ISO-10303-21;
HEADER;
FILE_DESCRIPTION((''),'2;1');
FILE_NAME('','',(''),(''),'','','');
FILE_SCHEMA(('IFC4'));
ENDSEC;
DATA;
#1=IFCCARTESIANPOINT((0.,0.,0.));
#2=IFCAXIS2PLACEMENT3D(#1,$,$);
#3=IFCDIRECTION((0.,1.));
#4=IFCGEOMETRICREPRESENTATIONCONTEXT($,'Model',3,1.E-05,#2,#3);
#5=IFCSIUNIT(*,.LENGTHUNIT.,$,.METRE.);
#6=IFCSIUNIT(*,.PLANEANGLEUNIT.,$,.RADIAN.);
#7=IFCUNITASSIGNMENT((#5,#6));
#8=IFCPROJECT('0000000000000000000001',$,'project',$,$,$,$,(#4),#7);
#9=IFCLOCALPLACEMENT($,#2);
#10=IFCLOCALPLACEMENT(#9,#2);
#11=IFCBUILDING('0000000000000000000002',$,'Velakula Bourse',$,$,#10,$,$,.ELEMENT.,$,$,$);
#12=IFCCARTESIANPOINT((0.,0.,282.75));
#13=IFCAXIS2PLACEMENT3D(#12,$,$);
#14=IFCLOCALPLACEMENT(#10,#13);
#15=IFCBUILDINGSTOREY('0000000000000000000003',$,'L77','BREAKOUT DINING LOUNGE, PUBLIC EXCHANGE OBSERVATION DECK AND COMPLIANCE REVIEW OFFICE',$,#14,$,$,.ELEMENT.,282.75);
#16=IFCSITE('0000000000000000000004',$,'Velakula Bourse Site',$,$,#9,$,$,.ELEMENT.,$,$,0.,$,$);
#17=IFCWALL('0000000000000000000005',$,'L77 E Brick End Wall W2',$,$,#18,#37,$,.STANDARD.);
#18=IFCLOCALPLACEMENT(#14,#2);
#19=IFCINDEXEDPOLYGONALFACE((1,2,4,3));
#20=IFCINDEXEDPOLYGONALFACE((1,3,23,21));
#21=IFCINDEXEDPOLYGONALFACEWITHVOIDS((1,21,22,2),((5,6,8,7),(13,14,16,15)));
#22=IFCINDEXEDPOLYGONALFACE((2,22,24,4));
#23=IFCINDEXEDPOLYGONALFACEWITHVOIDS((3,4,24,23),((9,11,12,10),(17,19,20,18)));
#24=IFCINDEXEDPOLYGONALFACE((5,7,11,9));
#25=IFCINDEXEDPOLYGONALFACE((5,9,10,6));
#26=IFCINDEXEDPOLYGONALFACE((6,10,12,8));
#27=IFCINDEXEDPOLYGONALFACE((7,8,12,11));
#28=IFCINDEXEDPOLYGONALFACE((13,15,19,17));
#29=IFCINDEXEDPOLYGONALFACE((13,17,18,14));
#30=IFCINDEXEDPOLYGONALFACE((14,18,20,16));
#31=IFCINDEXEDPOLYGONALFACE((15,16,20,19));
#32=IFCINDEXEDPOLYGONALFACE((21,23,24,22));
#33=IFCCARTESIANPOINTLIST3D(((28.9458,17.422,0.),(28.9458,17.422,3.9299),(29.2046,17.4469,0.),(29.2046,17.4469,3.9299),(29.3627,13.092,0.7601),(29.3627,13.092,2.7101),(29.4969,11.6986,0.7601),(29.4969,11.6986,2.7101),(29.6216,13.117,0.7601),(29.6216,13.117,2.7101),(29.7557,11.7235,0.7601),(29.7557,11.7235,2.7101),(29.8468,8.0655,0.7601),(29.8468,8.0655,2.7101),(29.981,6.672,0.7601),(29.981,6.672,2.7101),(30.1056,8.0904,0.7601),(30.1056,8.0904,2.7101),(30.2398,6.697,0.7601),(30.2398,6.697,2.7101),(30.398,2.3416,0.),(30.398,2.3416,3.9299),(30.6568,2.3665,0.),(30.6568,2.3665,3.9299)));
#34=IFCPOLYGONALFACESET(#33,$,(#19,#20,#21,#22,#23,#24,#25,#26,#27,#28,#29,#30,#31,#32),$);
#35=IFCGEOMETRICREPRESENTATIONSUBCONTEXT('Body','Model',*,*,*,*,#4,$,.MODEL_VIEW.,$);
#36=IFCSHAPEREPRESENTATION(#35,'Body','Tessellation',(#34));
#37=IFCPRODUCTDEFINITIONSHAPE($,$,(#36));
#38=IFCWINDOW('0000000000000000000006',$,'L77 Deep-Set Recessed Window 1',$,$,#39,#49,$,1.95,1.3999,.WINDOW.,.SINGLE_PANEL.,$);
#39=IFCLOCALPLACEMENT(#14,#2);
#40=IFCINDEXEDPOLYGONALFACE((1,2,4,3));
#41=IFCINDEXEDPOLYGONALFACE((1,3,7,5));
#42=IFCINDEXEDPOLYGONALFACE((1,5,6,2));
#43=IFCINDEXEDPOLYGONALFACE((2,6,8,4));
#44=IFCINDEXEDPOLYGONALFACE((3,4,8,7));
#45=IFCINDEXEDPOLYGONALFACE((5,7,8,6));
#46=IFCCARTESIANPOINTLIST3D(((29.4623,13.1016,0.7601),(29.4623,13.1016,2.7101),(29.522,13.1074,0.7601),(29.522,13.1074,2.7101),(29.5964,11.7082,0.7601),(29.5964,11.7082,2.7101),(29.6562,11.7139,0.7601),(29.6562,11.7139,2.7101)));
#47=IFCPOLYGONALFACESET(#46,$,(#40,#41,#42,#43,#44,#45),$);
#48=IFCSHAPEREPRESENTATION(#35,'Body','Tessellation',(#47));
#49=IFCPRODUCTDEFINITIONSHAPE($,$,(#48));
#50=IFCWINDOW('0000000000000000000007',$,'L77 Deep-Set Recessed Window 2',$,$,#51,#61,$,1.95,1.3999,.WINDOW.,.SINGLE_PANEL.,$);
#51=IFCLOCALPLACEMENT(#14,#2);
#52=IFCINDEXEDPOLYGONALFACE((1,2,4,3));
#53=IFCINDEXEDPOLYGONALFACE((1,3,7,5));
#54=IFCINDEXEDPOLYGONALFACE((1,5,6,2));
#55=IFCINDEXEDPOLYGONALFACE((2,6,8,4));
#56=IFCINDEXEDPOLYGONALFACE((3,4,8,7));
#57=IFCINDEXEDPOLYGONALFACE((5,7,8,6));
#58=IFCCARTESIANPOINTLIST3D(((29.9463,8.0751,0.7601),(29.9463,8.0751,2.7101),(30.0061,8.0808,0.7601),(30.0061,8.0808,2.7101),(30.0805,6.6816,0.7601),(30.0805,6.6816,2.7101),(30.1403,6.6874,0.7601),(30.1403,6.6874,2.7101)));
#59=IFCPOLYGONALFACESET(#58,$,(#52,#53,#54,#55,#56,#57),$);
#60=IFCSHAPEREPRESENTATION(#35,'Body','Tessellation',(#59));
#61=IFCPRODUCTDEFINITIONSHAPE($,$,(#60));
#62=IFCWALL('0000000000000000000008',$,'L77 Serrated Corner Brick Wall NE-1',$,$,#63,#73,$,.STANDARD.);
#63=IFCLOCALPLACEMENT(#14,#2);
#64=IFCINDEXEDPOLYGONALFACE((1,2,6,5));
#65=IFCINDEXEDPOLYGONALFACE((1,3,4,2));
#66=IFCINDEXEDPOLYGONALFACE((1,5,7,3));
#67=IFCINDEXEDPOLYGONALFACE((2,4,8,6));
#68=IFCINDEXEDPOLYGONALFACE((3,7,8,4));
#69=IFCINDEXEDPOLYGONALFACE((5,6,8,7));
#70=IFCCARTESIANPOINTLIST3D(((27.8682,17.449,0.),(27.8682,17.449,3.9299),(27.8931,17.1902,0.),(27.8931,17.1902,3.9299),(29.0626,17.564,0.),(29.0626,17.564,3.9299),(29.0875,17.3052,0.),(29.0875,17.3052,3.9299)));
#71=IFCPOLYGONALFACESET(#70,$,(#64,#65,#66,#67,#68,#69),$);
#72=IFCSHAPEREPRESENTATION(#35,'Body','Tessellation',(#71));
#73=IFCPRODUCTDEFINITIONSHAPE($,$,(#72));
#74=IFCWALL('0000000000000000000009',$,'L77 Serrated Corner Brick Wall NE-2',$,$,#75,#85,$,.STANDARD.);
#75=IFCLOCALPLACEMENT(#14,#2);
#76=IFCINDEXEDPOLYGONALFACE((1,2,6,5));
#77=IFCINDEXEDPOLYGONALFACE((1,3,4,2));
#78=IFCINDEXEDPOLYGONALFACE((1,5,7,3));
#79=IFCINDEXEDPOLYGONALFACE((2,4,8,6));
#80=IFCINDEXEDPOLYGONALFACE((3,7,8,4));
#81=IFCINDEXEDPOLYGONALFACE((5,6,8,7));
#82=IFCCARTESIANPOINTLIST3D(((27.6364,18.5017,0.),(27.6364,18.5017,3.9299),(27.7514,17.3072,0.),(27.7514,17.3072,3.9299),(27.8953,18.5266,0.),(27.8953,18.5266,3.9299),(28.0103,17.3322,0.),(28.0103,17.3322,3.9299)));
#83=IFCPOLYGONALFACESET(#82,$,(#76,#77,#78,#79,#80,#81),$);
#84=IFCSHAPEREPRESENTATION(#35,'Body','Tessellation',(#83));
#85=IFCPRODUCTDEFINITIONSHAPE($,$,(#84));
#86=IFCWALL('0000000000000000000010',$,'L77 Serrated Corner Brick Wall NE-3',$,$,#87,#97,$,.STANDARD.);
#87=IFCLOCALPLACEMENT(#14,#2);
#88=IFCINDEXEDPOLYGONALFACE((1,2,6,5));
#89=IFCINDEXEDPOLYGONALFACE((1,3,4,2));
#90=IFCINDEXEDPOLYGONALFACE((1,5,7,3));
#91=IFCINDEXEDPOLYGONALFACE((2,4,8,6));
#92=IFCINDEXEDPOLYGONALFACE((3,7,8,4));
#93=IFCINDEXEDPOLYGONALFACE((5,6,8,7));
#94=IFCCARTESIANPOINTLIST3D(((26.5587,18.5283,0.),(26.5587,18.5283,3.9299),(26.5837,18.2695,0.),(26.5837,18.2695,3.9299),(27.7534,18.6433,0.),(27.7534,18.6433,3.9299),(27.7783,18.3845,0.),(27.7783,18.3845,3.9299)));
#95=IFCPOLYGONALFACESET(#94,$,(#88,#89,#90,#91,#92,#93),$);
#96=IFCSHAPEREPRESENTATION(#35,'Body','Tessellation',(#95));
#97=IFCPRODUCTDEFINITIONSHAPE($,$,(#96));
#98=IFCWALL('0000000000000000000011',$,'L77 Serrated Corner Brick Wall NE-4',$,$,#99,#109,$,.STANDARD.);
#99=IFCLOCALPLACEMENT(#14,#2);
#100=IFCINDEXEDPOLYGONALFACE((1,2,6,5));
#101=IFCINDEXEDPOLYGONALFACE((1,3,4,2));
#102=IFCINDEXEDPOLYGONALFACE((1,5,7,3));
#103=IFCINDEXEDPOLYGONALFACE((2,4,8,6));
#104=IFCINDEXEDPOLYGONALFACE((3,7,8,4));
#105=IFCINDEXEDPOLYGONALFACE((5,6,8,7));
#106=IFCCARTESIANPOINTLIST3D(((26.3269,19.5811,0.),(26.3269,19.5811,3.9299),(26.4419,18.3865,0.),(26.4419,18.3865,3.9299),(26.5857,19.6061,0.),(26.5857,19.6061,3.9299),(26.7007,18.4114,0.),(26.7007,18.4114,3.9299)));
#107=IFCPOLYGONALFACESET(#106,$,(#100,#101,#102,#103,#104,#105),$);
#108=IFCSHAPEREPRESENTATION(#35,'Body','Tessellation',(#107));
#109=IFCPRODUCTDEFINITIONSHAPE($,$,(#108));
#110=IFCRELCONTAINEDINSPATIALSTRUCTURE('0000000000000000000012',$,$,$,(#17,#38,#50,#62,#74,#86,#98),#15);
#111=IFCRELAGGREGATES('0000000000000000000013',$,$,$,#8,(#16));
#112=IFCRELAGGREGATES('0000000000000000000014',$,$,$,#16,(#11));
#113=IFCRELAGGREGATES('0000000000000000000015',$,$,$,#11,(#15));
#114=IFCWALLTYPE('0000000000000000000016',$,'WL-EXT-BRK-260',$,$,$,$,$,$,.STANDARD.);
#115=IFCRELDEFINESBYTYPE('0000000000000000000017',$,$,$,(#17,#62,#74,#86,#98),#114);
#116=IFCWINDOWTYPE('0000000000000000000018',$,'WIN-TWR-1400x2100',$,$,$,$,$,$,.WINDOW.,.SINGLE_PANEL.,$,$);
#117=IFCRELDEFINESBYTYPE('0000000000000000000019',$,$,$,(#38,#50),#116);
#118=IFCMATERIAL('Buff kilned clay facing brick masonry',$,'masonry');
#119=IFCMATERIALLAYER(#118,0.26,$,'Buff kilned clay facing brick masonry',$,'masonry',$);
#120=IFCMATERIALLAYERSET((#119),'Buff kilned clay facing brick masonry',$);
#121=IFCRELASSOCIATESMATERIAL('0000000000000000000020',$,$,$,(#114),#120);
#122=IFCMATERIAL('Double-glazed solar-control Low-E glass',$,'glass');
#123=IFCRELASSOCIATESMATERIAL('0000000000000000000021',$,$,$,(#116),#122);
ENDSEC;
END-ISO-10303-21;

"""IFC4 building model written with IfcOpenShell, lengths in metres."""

from ifc_helpers import new_model, si_unit, direction, frame, frame_2d, origin, place, context, subcontext, project, spatial, rectangle, extrude, material, layer, layer_set, type_object, element, fill, save


model = new_model("IFC4")

# Units and contexts
model_context = context("Model", 3, precision=1e-05, world=origin(), true_north=direction((0.0, 1.0)))
body_context = subcontext(model_context, "Body", "Model", "MODEL_VIEW")
ifc_project = project(units=[si_unit("LENGTHUNIT", "METRE"), si_unit("PLANEANGLEUNIT", "RADIAN")], contexts=[model_context])

# Site, building, storey
site_placement = place(None, origin())
site = spatial("IfcSite", under=ifc_project, at=site_placement, Name="Velakula Bourse Site", CompositionType="ELEMENT", RefElevation=0.0)
building_placement = place(site_placement, origin())
building = spatial("IfcBuilding", under=site, at=building_placement, Name="Velakula Bourse", CompositionType="ELEMENT")
storey_placement = place(building_placement, frame((0.0, 0.0, 282.75)))
storey = spatial("IfcBuildingStorey", under=building, at=storey_placement, Name="L77", Description="BREAKOUT DINING LOUNGE, PUBLIC EXCHANGE OBSERVATION DECK AND COMPLIANCE REVIEW OFFICE", CompositionType="ELEMENT", Elevation=282.75)

# Shared definitions
ifc_material_1 = material(Name="Double-glazed solar-control Low-E glass", Category="glass")

# Wall, openings, windows
ifc_material_2 = material(Name="Buff kilned clay facing brick masonry", Category="masonry")
ifc_layer_1 = layer(ifc_material_2, 0.26, Name="Buff kilned clay facing brick masonry", Category="masonry")
ifc_layer_set_1 = layer_set([ifc_layer_1], Name="Buff kilned clay facing brick masonry")
wall_type = type_object("IfcWallType", Name="WL-EXT-BRK-260", PredefinedType="STANDARD", material=ifc_layer_set_1)
wall_1_placement = place(storey_placement, frame((29.0752, 17.4346, 0.0), z_axis=(0.0, 0.0, 1.0), x_axis=(0.095851, -0.995396, 0.0)))
wall_1 = element("IfcWall", 1, at=wall_1_placement, inside=storey, type_object=wall_type, Name="L77 E Brick End Wall W2", PredefinedType="STANDARD", context=body_context, shape_type="SweptSolid", body=[
    extrude(rectangle(XDim=15.1501, YDim=0.26, at=frame_2d((7.5752, 0.0))), origin(), (0.0, 0.0, 1.0), 3.9299),
])
opening_1_placement = place(wall_1_placement, frame((4.3501, 0.0, 0.76)))
opening_1 = element("IfcOpeningElement", 2, at=opening_1_placement, cuts=wall_1, PredefinedType="OPENING", context=body_context, shape_type="SweptSolid", body=[
    extrude(rectangle(XDim=1.3999, YDim=1.95, at=frame_2d((0.7, 0.9751))), frame((0.0, 0.1399, 0.0), z_axis=(0.0, -1.0, 0.0), x_axis=(1.0, 0.0, 0.0)), (0.0, 0.0, 1.0), 0.28),
])
opening_2_placement = place(wall_1_placement, frame((9.3999, 0.0, 0.76)))
opening_2 = element("IfcOpeningElement", 3, at=opening_2_placement, cuts=wall_1, PredefinedType="OPENING", context=body_context, shape_type="SweptSolid", body=[
    extrude(rectangle(XDim=1.3999, YDim=1.95, at=frame_2d((0.7, 0.9751))), frame((0.0, 0.1399, 0.0), z_axis=(0.0, -1.0, 0.0), x_axis=(1.0, 0.0, 0.0)), (0.0, 0.0, 1.0), 0.28),
])
window_type_1 = type_object("IfcWindowType", Name="WIN-TWR-1400x2100", PartitioningType="SINGLE_PANEL", PredefinedType="WINDOW", material=ifc_material_1)
window_1_placement = place(opening_1_placement, origin())
window_1 = element("IfcWindow", 4, at=window_1_placement, inside=storey, type_object=window_type_1, Name="L77 Deep-Set Recessed Window 1", OverallHeight=1.95, OverallWidth=1.3999, PartitioningType="SINGLE_PANEL", PredefinedType="WINDOW", context=body_context, shape_type="SweptSolid", body=[
    extrude(rectangle(XDim=1.3999, YDim=1.95, at=frame_2d((0.7, 0.9751))), frame((0.0, 0.03, 0.0), z_axis=(0.0, -1.0, 0.0), x_axis=(1.0, 0.0, 0.0)), (0.0, 0.0, 1.0), 0.0601),
])
fill(opening_1, window_1)
window_2_placement = place(opening_2_placement, origin())
window_2 = element("IfcWindow", 5, at=window_2_placement, inside=storey, type_object=window_type_1, Name="L77 Deep-Set Recessed Window 2", OverallHeight=1.95, OverallWidth=1.3999, PartitioningType="SINGLE_PANEL", PredefinedType="WINDOW", context=body_context, shape_type="SweptSolid", body=[
    extrude(rectangle(XDim=1.3999, YDim=1.95, at=frame_2d((0.7, 0.9751))), frame((0.0, 0.03, 0.0), z_axis=(0.0, -1.0, 0.0), x_axis=(1.0, 0.0, 0.0)), (0.0, 0.0, 1.0), 0.0601),
])
fill(opening_2, window_2)

# Walls
for number, where, z_axis, x_axis, name in (
    (6, (29.0752, 17.4346, 0.0), (0.0, 0.0, 1.0), (-0.995397, -0.095836, 0.0), "L77 Serrated Corner Brick Wall NE-1"),
    (7, (27.8809, 17.3196, 0.0), (0.0, 0.0, 1.0), (-0.095836, 0.995397, 0.0), "L77 Serrated Corner Brick Wall NE-2"),
):
    element("IfcWall", number, at=place(storey_placement, frame(where, z_axis=z_axis, x_axis=x_axis)), inside=storey, type_object=wall_type, Name=name, PredefinedType="STANDARD", context=body_context, shape_type="SweptSolid", body=[
        extrude(rectangle(XDim=1.2, YDim=0.26, at=frame_2d((0.6001, 0.0))), origin(), (0.0, 0.0, 1.0), 3.9299),
    ])
for number, where, z_axis, x_axis, name in (
    (8, (27.7659, 18.5139, 0.0), (0.0, 0.0, 1.0), (-0.995399, -0.095817, 0.0), "L77 Serrated Corner Brick Wall NE-3"),
    (9, (26.5713, 18.3989, 0.0), (0.0, 0.0, 1.0), (-0.095817, 0.995399, 0.0), "L77 Serrated Corner Brick Wall NE-4"),
):
    element("IfcWall", number, at=place(storey_placement, frame(where, z_axis=z_axis, x_axis=x_axis)), inside=storey, type_object=wall_type, Name=name, PredefinedType="STANDARD", context=body_context, shape_type="SweptSolid", body=[
        extrude(rectangle(XDim=1.2002, YDim=0.26, at=frame_2d((0.6001, 0.0))), origin(), (0.0, 0.0, 1.0), 3.9299),
    ])

save(model, "model.ifc")
